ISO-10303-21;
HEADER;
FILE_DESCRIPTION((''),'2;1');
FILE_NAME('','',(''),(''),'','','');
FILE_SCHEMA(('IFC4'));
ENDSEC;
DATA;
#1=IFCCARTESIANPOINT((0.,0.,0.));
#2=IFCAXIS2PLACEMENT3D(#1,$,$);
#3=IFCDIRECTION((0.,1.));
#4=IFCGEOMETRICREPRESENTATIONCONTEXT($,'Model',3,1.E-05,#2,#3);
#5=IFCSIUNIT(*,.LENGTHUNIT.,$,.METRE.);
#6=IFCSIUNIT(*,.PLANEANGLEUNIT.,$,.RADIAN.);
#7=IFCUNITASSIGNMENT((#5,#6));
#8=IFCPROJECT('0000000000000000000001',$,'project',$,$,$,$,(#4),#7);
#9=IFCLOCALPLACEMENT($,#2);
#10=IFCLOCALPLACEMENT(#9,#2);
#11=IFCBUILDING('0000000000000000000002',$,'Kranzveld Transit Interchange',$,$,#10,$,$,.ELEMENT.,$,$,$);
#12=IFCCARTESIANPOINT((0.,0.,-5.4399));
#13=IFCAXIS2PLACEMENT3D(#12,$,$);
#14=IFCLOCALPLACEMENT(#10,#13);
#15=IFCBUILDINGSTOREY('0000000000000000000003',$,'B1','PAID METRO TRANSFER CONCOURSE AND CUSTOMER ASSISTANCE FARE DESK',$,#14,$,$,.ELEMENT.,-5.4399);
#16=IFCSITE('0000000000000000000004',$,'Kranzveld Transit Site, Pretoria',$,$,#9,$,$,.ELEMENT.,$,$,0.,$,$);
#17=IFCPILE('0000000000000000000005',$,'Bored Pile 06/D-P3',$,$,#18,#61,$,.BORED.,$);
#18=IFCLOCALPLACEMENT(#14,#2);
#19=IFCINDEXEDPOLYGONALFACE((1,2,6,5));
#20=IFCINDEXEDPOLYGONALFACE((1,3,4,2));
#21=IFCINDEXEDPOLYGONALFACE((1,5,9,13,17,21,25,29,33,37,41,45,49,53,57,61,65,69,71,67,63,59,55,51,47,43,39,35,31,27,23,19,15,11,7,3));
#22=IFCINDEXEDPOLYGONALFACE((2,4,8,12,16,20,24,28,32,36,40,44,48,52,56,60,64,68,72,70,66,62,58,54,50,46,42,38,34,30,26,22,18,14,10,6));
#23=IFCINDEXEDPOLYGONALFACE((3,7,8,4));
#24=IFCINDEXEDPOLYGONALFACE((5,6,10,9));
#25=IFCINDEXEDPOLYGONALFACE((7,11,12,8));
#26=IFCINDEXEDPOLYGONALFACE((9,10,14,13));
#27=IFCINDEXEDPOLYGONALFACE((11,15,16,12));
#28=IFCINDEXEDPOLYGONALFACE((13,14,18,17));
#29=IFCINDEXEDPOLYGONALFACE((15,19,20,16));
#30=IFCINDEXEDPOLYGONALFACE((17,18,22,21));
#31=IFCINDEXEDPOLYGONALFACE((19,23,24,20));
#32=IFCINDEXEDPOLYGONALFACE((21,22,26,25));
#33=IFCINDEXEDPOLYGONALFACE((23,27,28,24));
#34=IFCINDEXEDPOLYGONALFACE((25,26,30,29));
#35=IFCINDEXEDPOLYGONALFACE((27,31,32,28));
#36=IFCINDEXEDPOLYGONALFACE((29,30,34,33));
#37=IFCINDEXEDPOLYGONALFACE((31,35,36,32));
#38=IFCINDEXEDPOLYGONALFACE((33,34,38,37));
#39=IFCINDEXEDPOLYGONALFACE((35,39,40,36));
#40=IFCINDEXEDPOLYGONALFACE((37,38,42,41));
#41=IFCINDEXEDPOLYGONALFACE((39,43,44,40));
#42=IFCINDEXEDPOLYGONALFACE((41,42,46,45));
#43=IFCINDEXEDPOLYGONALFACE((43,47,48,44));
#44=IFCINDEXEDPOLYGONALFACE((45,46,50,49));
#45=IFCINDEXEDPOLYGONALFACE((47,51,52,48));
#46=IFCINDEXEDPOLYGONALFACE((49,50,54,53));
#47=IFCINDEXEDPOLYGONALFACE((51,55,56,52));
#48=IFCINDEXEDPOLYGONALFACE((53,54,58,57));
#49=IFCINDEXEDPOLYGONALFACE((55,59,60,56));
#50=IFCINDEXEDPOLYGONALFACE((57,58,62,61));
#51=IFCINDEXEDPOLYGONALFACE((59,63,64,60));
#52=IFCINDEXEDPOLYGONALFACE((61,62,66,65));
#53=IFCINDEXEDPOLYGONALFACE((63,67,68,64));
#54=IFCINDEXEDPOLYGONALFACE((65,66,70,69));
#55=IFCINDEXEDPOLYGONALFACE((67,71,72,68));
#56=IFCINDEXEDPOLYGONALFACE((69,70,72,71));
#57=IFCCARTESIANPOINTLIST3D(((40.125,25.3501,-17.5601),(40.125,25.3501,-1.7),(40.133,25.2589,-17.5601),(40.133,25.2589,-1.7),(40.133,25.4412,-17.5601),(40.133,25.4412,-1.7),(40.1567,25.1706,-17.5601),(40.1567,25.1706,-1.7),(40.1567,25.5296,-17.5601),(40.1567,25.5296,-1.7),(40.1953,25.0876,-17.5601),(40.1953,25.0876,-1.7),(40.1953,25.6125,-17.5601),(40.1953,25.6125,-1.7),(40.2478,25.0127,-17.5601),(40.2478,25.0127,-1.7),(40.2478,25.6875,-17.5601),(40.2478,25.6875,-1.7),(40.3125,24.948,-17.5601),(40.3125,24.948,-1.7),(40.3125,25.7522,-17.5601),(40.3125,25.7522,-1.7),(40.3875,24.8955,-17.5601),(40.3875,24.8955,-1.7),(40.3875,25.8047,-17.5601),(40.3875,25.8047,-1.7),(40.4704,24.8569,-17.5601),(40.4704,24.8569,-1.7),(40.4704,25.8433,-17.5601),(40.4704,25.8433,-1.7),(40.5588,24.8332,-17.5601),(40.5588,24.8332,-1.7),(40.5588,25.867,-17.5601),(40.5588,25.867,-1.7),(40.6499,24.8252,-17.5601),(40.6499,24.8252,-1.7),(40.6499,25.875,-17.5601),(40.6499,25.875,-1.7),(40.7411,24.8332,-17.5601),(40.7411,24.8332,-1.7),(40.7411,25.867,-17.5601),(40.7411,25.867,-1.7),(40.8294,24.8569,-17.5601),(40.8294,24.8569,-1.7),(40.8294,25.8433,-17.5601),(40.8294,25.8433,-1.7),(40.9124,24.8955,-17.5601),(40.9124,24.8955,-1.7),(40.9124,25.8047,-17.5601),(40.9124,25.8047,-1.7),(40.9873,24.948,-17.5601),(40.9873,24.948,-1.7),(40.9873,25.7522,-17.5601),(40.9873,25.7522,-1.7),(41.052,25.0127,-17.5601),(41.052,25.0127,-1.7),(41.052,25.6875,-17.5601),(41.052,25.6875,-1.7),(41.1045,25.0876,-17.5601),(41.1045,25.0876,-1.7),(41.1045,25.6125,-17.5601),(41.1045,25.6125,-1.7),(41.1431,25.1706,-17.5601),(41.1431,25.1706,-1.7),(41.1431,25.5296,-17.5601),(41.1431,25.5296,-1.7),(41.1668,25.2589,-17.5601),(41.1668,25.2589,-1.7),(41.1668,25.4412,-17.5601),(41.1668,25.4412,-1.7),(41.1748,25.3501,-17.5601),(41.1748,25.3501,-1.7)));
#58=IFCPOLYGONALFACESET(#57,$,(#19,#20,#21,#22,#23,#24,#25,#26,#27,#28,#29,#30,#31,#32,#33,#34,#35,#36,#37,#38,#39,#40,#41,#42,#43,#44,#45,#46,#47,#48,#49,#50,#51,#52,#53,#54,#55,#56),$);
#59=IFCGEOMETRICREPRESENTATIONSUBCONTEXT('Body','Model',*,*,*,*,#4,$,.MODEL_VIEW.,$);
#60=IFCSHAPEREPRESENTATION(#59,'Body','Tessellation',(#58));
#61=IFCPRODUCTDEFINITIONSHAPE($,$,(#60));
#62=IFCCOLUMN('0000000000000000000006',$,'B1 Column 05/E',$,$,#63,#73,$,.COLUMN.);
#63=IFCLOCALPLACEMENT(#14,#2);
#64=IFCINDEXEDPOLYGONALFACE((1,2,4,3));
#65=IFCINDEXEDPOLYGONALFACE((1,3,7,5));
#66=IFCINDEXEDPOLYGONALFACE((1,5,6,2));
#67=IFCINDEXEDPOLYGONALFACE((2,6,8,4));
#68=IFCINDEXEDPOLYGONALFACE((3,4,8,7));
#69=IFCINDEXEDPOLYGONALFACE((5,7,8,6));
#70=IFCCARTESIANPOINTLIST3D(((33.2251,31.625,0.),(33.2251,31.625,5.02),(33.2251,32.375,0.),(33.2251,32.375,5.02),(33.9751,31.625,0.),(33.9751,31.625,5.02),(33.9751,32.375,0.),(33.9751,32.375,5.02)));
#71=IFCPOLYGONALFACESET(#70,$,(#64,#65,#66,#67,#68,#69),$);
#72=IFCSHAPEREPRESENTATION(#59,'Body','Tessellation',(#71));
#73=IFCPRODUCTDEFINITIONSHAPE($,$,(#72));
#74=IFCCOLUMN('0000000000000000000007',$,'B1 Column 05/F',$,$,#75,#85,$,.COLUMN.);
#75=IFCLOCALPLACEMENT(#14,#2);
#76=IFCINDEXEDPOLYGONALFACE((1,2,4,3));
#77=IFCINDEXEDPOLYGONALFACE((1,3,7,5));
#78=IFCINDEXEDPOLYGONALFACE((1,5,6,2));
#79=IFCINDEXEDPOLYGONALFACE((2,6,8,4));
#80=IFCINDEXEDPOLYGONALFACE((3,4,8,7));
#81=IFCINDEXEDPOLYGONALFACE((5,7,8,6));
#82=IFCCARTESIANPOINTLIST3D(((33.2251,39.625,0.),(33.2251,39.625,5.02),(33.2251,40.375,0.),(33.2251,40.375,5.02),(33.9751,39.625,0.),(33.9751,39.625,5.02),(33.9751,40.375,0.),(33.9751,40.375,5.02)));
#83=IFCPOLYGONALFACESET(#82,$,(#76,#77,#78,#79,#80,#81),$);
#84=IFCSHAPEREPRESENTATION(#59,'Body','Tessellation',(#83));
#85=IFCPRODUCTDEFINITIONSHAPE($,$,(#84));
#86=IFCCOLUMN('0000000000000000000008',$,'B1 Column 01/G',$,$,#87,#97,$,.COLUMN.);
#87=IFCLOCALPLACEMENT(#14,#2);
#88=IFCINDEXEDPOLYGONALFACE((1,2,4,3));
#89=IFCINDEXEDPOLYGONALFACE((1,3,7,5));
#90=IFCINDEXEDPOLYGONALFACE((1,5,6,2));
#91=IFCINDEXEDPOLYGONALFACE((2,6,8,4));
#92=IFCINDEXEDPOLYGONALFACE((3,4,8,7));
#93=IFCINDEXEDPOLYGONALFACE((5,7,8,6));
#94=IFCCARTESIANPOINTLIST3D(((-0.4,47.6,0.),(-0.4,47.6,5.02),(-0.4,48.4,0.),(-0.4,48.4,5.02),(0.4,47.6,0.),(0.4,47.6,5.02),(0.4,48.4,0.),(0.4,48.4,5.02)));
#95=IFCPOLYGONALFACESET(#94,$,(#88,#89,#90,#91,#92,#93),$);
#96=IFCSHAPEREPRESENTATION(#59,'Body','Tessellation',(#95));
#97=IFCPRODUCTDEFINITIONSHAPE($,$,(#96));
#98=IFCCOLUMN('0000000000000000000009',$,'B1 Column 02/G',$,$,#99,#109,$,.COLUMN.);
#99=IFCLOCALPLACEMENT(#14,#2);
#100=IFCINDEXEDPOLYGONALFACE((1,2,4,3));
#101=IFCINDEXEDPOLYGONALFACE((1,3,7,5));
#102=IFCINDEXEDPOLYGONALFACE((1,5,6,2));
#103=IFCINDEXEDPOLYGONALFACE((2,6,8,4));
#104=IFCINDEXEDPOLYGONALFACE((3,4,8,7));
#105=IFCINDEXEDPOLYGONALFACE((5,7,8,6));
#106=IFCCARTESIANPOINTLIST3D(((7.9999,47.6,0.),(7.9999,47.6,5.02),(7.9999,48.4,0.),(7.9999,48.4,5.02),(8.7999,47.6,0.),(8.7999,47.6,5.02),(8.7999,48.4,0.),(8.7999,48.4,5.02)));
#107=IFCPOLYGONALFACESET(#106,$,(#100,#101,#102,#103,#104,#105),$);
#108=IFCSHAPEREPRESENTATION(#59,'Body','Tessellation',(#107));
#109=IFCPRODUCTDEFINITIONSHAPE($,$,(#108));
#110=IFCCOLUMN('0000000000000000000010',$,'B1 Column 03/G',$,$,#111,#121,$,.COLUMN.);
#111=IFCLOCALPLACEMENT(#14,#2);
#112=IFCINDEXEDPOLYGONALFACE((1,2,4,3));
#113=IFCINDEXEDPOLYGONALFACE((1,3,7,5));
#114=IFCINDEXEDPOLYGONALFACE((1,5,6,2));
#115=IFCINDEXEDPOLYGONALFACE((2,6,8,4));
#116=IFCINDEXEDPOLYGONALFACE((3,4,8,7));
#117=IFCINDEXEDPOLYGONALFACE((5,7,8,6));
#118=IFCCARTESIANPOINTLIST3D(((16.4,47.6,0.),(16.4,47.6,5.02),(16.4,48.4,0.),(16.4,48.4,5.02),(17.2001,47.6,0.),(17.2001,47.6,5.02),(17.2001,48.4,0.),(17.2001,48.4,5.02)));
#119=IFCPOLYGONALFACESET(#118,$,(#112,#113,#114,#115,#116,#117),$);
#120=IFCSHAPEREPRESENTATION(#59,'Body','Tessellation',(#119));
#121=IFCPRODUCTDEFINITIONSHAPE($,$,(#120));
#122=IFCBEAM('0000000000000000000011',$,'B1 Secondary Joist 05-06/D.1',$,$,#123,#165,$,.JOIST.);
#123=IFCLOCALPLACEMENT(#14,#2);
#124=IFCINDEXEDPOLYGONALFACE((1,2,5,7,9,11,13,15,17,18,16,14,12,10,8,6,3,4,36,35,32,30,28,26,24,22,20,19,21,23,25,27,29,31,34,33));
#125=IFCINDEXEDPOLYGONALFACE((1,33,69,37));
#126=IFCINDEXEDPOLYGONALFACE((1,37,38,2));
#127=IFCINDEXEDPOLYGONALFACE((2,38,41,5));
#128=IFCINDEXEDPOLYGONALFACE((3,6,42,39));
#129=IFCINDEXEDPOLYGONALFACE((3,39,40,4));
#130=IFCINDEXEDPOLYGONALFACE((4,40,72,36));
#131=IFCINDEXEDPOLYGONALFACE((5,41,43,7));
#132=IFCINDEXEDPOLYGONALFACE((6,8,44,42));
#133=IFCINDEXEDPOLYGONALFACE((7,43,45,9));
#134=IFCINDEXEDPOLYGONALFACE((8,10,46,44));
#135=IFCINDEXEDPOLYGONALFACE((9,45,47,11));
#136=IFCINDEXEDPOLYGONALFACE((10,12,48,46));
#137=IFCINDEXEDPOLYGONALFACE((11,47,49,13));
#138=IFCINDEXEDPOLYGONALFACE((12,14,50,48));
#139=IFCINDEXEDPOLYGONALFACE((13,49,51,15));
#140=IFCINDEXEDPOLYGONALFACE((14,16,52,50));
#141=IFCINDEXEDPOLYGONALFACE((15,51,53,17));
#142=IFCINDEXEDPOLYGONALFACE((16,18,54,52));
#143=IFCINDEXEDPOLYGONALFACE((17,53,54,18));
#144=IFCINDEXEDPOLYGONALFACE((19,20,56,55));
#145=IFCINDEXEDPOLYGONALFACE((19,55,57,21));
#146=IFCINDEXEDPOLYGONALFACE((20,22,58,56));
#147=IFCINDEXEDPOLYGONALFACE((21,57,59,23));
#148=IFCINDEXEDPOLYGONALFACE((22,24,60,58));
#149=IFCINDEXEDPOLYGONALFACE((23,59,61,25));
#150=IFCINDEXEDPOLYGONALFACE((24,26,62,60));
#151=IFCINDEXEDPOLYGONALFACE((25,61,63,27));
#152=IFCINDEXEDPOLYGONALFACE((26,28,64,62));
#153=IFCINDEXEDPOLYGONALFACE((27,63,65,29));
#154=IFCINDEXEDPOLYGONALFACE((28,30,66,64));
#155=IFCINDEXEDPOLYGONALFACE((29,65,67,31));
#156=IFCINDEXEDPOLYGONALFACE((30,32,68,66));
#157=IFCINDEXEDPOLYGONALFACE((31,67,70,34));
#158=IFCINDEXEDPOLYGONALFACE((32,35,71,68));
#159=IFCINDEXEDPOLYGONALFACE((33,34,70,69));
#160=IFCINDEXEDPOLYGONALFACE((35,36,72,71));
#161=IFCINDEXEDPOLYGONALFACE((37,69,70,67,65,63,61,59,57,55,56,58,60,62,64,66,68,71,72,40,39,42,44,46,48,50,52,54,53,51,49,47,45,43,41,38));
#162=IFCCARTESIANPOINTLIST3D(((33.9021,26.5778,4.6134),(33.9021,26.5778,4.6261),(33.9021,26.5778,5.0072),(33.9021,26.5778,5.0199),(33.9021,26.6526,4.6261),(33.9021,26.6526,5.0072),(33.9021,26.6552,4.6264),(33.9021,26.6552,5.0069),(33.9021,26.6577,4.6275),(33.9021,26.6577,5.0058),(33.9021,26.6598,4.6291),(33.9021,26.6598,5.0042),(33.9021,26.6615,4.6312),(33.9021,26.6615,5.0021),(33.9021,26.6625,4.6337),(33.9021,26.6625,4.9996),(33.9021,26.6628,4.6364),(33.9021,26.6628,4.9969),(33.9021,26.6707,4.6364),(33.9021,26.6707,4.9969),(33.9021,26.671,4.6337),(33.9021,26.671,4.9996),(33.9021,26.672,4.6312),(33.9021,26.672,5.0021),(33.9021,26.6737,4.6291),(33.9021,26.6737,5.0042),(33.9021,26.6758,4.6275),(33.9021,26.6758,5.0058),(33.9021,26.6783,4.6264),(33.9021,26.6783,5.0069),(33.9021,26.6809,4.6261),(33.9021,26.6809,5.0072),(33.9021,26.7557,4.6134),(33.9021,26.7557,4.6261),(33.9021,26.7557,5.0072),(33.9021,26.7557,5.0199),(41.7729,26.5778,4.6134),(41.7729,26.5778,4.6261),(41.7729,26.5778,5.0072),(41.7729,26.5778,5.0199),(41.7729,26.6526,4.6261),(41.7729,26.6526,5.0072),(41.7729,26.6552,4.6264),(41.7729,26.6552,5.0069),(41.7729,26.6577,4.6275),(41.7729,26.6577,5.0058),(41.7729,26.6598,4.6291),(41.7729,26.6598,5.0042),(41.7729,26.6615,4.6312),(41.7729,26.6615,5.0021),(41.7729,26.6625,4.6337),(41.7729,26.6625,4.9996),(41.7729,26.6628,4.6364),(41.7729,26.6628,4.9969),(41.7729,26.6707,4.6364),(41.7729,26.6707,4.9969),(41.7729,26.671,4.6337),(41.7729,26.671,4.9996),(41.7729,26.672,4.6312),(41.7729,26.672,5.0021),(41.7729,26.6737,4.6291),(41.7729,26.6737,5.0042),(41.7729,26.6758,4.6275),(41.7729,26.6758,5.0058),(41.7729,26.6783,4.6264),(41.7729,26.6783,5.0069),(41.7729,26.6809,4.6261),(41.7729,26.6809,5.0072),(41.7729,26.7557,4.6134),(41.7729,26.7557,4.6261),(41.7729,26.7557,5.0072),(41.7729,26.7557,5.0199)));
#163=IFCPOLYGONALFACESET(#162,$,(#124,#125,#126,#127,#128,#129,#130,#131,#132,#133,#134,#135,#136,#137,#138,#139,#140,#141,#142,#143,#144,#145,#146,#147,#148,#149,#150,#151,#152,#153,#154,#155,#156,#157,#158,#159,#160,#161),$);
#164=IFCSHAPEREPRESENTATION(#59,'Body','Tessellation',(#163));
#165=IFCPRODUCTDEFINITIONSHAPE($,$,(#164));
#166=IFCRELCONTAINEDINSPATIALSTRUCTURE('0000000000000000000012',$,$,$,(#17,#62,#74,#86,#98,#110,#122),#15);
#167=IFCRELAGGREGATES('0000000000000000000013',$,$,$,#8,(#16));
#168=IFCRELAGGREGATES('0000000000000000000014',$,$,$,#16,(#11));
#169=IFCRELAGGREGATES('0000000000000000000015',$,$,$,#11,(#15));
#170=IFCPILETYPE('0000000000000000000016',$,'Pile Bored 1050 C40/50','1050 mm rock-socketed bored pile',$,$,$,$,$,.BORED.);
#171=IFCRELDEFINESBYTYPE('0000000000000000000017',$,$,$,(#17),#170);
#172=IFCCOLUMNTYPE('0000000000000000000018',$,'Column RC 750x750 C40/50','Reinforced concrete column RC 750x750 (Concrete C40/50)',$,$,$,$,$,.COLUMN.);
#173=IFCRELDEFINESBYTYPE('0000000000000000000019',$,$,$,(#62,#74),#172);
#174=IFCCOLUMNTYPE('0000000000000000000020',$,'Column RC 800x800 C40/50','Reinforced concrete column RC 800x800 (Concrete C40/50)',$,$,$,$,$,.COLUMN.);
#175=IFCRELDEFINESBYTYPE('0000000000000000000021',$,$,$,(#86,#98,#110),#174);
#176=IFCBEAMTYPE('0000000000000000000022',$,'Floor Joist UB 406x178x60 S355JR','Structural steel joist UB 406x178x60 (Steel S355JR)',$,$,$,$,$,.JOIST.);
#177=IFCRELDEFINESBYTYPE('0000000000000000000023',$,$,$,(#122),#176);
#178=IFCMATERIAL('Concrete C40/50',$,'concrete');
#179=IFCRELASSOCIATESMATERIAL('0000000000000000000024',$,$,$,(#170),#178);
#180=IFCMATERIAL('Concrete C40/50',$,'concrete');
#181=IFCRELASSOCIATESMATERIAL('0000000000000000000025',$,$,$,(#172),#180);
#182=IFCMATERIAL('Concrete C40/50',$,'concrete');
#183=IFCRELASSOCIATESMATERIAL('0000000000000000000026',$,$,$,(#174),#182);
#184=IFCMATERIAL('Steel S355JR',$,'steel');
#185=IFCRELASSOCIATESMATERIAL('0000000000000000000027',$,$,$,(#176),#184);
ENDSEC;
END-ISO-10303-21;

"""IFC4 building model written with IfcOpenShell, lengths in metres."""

from ifc_helpers import new_model, si_unit, direction, frame, origin, origin_2d, place, context, subcontext, project, spatial, rectangle, circle, i_section, extrude, material, material_profile, profile_set, type_object, element, save


model = new_model("IFC4")

# Units and contexts
model_context = context("Model", 3, precision=1e-05, world=origin(), true_north=direction((0.0, 1.0)))
body_context = subcontext(model_context, "Body", "Model", "MODEL_VIEW")
ifc_project = project(units=[si_unit("LENGTHUNIT", "METRE"), si_unit("PLANEANGLEUNIT", "RADIAN")], contexts=[model_context])

# Site, building, storey
site_placement = place(None, origin())
site = spatial("IfcSite", under=ifc_project, at=site_placement, Name="Kranzveld Transit Site, Pretoria", CompositionType="ELEMENT", RefElevation=0.0)
building_placement = place(site_placement, origin())
building = spatial("IfcBuilding", under=site, at=building_placement, Name="Kranzveld Transit Interchange", CompositionType="ELEMENT")
storey_placement = place(building_placement, frame((0.0, 0.0, -5.4399)))
storey = spatial("IfcBuildingStorey", under=building, at=storey_placement, Name="B1", Description="PAID METRO TRANSFER CONCOURSE AND CUSTOMER ASSISTANCE FARE DESK", CompositionType="ELEMENT", Elevation=-5.4399)

# Pile
ifc_material_1 = material(Name="Concrete C40/50", Category="concrete")
ifc_material_profile_1 = material_profile(ifc_material_1, circle(Radius=0.5249, at=origin_2d()), Name="BORED PILE 1050")
ifc_profile_set_1 = profile_set([ifc_material_profile_1], Name="Concrete C40/50")
pile_type = type_object("IfcPileType", Name="Pile Bored 1050 C40/50", Description="1050 mm rock-socketed bored pile", PredefinedType="BORED", material=ifc_profile_set_1)
pile_placement = place(storey_placement, frame((40.6499, 25.3501, -1.7), z_axis=(0.0, 0.0, -1.0), x_axis=(1.0, 0.0, 0.0)))
element("IfcPile", 1, at=pile_placement, inside=storey, type_object=pile_type, Name="Bored Pile 06/D-P3", PredefinedType="BORED", context=body_context, shape_type="SweptSolid", body=[
    extrude(circle(Radius=0.5249, at=origin_2d()), origin(), (0.0, 0.0, 1.0), 15.8601),
])

# Columns
ifc_material_2 = material(Name="Concrete C40/50", Category="concrete")
ifc_material_profile_2 = material_profile(ifc_material_2, rectangle(XDim=0.75, YDim=0.75, at=origin_2d()), Name="RC 750x750")
ifc_profile_set_2 = profile_set([ifc_material_profile_2], Name="Concrete C40/50")
column_type_1 = type_object("IfcColumnType", Name="Column RC 750x750 C40/50", Description="Reinforced concrete column RC 750x750 (Concrete C40/50)", PredefinedType="COLUMN", material=ifc_profile_set_2)
for number, where, z_axis, x_axis, name in (
    (2, (33.6001, 32.0, 0.0), (0.0, 0.0, 1.0), (1.0, 0.0, 0.0), "B1 Column 05/E"),
    (3, (33.6001, 40.0, 0.0), (0.0, 0.0, 1.0), (1.0, 0.0, 0.0), "B1 Column 05/F"),
):
    element("IfcColumn", number, at=place(storey_placement, frame(where, z_axis=z_axis, x_axis=x_axis)), inside=storey, type_object=column_type_1, Name=name, PredefinedType="COLUMN", context=body_context, shape_type="SweptSolid", body=[
        extrude(rectangle(XDim=0.75, YDim=0.75, at=origin_2d()), origin(), (0.0, 0.0, 1.0), 5.02),
    ])
ifc_material_3 = material(Name="Concrete C40/50", Category="concrete")
ifc_material_profile_3 = material_profile(ifc_material_3, rectangle(XDim=0.8, YDim=0.8, at=origin_2d()), Name="RC 800x800")
ifc_profile_set_3 = profile_set([ifc_material_profile_3], Name="Concrete C40/50")
column_type_2 = type_object("IfcColumnType", Name="Column RC 800x800 C40/50", Description="Reinforced concrete column RC 800x800 (Concrete C40/50)", PredefinedType="COLUMN", material=ifc_profile_set_3)
for number, where, z_axis, x_axis, name in (
    (4, (0.0, 48.0, 0.0), (0.0, 0.0, 1.0), (1.0, 0.0, 0.0), "B1 Column 01/G"),
    (5, (8.3999, 48.0, 0.0), (0.0, 0.0, 1.0), (1.0, 0.0, 0.0), "B1 Column 02/G"),
    (6, (16.8, 48.0, 0.0), (0.0, 0.0, 1.0), (1.0, 0.0, 0.0), "B1 Column 03/G"),
):
    element("IfcColumn", number, at=place(storey_placement, frame(where, z_axis=z_axis, x_axis=x_axis)), inside=storey, type_object=column_type_2, Name=name, PredefinedType="COLUMN", context=body_context, shape_type="SweptSolid", body=[
        extrude(rectangle(XDim=0.8, YDim=0.8, at=origin_2d()), origin(), (0.0, 0.0, 1.0), 5.02),
    ])

# Beam
ifc_material_4 = material(Name="Steel S355JR", Category="steel")
ifc_material_profile_4 = material_profile(ifc_material_4, i_section(OverallWidth=0.178, OverallDepth=0.4065, WebThickness=0.0078, FlangeThickness=0.0127, FilletRadius=0.0103, at=origin_2d()), Name="UB 406x178x60")
ifc_profile_set_4 = profile_set([ifc_material_profile_4], Name="Steel S355JR")
beam_type_1 = type_object("IfcBeamType", Name="Floor Joist UB 406x178x60 S355JR", Description="Structural steel joist UB 406x178x60 (Steel S355JR)", PredefinedType="JOIST", material=ifc_profile_set_4)
for number, where, z_axis, x_axis, name in (
    (7, (33.9021, 26.6667, 4.8167), (1.0, 0.0, 0.0), (0.0, 1.0, 0.0), "B1 Secondary Joist 05-06/D.1"),
):
    element("IfcBeam", number, at=place(storey_placement, frame(where, z_axis=z_axis, x_axis=x_axis)), inside=storey, type_object=beam_type_1, Name=name, PredefinedType="JOIST", context=body_context, shape_type="SweptSolid", body=[
        extrude(i_section(OverallWidth=0.178, OverallDepth=0.4065, WebThickness=0.0078, FlangeThickness=0.0127, FilletRadius=0.0103, at=origin_2d()), origin(), (0.0, 0.0, 1.0), 7.8708),
    ])

save(model, "model.ifc")
